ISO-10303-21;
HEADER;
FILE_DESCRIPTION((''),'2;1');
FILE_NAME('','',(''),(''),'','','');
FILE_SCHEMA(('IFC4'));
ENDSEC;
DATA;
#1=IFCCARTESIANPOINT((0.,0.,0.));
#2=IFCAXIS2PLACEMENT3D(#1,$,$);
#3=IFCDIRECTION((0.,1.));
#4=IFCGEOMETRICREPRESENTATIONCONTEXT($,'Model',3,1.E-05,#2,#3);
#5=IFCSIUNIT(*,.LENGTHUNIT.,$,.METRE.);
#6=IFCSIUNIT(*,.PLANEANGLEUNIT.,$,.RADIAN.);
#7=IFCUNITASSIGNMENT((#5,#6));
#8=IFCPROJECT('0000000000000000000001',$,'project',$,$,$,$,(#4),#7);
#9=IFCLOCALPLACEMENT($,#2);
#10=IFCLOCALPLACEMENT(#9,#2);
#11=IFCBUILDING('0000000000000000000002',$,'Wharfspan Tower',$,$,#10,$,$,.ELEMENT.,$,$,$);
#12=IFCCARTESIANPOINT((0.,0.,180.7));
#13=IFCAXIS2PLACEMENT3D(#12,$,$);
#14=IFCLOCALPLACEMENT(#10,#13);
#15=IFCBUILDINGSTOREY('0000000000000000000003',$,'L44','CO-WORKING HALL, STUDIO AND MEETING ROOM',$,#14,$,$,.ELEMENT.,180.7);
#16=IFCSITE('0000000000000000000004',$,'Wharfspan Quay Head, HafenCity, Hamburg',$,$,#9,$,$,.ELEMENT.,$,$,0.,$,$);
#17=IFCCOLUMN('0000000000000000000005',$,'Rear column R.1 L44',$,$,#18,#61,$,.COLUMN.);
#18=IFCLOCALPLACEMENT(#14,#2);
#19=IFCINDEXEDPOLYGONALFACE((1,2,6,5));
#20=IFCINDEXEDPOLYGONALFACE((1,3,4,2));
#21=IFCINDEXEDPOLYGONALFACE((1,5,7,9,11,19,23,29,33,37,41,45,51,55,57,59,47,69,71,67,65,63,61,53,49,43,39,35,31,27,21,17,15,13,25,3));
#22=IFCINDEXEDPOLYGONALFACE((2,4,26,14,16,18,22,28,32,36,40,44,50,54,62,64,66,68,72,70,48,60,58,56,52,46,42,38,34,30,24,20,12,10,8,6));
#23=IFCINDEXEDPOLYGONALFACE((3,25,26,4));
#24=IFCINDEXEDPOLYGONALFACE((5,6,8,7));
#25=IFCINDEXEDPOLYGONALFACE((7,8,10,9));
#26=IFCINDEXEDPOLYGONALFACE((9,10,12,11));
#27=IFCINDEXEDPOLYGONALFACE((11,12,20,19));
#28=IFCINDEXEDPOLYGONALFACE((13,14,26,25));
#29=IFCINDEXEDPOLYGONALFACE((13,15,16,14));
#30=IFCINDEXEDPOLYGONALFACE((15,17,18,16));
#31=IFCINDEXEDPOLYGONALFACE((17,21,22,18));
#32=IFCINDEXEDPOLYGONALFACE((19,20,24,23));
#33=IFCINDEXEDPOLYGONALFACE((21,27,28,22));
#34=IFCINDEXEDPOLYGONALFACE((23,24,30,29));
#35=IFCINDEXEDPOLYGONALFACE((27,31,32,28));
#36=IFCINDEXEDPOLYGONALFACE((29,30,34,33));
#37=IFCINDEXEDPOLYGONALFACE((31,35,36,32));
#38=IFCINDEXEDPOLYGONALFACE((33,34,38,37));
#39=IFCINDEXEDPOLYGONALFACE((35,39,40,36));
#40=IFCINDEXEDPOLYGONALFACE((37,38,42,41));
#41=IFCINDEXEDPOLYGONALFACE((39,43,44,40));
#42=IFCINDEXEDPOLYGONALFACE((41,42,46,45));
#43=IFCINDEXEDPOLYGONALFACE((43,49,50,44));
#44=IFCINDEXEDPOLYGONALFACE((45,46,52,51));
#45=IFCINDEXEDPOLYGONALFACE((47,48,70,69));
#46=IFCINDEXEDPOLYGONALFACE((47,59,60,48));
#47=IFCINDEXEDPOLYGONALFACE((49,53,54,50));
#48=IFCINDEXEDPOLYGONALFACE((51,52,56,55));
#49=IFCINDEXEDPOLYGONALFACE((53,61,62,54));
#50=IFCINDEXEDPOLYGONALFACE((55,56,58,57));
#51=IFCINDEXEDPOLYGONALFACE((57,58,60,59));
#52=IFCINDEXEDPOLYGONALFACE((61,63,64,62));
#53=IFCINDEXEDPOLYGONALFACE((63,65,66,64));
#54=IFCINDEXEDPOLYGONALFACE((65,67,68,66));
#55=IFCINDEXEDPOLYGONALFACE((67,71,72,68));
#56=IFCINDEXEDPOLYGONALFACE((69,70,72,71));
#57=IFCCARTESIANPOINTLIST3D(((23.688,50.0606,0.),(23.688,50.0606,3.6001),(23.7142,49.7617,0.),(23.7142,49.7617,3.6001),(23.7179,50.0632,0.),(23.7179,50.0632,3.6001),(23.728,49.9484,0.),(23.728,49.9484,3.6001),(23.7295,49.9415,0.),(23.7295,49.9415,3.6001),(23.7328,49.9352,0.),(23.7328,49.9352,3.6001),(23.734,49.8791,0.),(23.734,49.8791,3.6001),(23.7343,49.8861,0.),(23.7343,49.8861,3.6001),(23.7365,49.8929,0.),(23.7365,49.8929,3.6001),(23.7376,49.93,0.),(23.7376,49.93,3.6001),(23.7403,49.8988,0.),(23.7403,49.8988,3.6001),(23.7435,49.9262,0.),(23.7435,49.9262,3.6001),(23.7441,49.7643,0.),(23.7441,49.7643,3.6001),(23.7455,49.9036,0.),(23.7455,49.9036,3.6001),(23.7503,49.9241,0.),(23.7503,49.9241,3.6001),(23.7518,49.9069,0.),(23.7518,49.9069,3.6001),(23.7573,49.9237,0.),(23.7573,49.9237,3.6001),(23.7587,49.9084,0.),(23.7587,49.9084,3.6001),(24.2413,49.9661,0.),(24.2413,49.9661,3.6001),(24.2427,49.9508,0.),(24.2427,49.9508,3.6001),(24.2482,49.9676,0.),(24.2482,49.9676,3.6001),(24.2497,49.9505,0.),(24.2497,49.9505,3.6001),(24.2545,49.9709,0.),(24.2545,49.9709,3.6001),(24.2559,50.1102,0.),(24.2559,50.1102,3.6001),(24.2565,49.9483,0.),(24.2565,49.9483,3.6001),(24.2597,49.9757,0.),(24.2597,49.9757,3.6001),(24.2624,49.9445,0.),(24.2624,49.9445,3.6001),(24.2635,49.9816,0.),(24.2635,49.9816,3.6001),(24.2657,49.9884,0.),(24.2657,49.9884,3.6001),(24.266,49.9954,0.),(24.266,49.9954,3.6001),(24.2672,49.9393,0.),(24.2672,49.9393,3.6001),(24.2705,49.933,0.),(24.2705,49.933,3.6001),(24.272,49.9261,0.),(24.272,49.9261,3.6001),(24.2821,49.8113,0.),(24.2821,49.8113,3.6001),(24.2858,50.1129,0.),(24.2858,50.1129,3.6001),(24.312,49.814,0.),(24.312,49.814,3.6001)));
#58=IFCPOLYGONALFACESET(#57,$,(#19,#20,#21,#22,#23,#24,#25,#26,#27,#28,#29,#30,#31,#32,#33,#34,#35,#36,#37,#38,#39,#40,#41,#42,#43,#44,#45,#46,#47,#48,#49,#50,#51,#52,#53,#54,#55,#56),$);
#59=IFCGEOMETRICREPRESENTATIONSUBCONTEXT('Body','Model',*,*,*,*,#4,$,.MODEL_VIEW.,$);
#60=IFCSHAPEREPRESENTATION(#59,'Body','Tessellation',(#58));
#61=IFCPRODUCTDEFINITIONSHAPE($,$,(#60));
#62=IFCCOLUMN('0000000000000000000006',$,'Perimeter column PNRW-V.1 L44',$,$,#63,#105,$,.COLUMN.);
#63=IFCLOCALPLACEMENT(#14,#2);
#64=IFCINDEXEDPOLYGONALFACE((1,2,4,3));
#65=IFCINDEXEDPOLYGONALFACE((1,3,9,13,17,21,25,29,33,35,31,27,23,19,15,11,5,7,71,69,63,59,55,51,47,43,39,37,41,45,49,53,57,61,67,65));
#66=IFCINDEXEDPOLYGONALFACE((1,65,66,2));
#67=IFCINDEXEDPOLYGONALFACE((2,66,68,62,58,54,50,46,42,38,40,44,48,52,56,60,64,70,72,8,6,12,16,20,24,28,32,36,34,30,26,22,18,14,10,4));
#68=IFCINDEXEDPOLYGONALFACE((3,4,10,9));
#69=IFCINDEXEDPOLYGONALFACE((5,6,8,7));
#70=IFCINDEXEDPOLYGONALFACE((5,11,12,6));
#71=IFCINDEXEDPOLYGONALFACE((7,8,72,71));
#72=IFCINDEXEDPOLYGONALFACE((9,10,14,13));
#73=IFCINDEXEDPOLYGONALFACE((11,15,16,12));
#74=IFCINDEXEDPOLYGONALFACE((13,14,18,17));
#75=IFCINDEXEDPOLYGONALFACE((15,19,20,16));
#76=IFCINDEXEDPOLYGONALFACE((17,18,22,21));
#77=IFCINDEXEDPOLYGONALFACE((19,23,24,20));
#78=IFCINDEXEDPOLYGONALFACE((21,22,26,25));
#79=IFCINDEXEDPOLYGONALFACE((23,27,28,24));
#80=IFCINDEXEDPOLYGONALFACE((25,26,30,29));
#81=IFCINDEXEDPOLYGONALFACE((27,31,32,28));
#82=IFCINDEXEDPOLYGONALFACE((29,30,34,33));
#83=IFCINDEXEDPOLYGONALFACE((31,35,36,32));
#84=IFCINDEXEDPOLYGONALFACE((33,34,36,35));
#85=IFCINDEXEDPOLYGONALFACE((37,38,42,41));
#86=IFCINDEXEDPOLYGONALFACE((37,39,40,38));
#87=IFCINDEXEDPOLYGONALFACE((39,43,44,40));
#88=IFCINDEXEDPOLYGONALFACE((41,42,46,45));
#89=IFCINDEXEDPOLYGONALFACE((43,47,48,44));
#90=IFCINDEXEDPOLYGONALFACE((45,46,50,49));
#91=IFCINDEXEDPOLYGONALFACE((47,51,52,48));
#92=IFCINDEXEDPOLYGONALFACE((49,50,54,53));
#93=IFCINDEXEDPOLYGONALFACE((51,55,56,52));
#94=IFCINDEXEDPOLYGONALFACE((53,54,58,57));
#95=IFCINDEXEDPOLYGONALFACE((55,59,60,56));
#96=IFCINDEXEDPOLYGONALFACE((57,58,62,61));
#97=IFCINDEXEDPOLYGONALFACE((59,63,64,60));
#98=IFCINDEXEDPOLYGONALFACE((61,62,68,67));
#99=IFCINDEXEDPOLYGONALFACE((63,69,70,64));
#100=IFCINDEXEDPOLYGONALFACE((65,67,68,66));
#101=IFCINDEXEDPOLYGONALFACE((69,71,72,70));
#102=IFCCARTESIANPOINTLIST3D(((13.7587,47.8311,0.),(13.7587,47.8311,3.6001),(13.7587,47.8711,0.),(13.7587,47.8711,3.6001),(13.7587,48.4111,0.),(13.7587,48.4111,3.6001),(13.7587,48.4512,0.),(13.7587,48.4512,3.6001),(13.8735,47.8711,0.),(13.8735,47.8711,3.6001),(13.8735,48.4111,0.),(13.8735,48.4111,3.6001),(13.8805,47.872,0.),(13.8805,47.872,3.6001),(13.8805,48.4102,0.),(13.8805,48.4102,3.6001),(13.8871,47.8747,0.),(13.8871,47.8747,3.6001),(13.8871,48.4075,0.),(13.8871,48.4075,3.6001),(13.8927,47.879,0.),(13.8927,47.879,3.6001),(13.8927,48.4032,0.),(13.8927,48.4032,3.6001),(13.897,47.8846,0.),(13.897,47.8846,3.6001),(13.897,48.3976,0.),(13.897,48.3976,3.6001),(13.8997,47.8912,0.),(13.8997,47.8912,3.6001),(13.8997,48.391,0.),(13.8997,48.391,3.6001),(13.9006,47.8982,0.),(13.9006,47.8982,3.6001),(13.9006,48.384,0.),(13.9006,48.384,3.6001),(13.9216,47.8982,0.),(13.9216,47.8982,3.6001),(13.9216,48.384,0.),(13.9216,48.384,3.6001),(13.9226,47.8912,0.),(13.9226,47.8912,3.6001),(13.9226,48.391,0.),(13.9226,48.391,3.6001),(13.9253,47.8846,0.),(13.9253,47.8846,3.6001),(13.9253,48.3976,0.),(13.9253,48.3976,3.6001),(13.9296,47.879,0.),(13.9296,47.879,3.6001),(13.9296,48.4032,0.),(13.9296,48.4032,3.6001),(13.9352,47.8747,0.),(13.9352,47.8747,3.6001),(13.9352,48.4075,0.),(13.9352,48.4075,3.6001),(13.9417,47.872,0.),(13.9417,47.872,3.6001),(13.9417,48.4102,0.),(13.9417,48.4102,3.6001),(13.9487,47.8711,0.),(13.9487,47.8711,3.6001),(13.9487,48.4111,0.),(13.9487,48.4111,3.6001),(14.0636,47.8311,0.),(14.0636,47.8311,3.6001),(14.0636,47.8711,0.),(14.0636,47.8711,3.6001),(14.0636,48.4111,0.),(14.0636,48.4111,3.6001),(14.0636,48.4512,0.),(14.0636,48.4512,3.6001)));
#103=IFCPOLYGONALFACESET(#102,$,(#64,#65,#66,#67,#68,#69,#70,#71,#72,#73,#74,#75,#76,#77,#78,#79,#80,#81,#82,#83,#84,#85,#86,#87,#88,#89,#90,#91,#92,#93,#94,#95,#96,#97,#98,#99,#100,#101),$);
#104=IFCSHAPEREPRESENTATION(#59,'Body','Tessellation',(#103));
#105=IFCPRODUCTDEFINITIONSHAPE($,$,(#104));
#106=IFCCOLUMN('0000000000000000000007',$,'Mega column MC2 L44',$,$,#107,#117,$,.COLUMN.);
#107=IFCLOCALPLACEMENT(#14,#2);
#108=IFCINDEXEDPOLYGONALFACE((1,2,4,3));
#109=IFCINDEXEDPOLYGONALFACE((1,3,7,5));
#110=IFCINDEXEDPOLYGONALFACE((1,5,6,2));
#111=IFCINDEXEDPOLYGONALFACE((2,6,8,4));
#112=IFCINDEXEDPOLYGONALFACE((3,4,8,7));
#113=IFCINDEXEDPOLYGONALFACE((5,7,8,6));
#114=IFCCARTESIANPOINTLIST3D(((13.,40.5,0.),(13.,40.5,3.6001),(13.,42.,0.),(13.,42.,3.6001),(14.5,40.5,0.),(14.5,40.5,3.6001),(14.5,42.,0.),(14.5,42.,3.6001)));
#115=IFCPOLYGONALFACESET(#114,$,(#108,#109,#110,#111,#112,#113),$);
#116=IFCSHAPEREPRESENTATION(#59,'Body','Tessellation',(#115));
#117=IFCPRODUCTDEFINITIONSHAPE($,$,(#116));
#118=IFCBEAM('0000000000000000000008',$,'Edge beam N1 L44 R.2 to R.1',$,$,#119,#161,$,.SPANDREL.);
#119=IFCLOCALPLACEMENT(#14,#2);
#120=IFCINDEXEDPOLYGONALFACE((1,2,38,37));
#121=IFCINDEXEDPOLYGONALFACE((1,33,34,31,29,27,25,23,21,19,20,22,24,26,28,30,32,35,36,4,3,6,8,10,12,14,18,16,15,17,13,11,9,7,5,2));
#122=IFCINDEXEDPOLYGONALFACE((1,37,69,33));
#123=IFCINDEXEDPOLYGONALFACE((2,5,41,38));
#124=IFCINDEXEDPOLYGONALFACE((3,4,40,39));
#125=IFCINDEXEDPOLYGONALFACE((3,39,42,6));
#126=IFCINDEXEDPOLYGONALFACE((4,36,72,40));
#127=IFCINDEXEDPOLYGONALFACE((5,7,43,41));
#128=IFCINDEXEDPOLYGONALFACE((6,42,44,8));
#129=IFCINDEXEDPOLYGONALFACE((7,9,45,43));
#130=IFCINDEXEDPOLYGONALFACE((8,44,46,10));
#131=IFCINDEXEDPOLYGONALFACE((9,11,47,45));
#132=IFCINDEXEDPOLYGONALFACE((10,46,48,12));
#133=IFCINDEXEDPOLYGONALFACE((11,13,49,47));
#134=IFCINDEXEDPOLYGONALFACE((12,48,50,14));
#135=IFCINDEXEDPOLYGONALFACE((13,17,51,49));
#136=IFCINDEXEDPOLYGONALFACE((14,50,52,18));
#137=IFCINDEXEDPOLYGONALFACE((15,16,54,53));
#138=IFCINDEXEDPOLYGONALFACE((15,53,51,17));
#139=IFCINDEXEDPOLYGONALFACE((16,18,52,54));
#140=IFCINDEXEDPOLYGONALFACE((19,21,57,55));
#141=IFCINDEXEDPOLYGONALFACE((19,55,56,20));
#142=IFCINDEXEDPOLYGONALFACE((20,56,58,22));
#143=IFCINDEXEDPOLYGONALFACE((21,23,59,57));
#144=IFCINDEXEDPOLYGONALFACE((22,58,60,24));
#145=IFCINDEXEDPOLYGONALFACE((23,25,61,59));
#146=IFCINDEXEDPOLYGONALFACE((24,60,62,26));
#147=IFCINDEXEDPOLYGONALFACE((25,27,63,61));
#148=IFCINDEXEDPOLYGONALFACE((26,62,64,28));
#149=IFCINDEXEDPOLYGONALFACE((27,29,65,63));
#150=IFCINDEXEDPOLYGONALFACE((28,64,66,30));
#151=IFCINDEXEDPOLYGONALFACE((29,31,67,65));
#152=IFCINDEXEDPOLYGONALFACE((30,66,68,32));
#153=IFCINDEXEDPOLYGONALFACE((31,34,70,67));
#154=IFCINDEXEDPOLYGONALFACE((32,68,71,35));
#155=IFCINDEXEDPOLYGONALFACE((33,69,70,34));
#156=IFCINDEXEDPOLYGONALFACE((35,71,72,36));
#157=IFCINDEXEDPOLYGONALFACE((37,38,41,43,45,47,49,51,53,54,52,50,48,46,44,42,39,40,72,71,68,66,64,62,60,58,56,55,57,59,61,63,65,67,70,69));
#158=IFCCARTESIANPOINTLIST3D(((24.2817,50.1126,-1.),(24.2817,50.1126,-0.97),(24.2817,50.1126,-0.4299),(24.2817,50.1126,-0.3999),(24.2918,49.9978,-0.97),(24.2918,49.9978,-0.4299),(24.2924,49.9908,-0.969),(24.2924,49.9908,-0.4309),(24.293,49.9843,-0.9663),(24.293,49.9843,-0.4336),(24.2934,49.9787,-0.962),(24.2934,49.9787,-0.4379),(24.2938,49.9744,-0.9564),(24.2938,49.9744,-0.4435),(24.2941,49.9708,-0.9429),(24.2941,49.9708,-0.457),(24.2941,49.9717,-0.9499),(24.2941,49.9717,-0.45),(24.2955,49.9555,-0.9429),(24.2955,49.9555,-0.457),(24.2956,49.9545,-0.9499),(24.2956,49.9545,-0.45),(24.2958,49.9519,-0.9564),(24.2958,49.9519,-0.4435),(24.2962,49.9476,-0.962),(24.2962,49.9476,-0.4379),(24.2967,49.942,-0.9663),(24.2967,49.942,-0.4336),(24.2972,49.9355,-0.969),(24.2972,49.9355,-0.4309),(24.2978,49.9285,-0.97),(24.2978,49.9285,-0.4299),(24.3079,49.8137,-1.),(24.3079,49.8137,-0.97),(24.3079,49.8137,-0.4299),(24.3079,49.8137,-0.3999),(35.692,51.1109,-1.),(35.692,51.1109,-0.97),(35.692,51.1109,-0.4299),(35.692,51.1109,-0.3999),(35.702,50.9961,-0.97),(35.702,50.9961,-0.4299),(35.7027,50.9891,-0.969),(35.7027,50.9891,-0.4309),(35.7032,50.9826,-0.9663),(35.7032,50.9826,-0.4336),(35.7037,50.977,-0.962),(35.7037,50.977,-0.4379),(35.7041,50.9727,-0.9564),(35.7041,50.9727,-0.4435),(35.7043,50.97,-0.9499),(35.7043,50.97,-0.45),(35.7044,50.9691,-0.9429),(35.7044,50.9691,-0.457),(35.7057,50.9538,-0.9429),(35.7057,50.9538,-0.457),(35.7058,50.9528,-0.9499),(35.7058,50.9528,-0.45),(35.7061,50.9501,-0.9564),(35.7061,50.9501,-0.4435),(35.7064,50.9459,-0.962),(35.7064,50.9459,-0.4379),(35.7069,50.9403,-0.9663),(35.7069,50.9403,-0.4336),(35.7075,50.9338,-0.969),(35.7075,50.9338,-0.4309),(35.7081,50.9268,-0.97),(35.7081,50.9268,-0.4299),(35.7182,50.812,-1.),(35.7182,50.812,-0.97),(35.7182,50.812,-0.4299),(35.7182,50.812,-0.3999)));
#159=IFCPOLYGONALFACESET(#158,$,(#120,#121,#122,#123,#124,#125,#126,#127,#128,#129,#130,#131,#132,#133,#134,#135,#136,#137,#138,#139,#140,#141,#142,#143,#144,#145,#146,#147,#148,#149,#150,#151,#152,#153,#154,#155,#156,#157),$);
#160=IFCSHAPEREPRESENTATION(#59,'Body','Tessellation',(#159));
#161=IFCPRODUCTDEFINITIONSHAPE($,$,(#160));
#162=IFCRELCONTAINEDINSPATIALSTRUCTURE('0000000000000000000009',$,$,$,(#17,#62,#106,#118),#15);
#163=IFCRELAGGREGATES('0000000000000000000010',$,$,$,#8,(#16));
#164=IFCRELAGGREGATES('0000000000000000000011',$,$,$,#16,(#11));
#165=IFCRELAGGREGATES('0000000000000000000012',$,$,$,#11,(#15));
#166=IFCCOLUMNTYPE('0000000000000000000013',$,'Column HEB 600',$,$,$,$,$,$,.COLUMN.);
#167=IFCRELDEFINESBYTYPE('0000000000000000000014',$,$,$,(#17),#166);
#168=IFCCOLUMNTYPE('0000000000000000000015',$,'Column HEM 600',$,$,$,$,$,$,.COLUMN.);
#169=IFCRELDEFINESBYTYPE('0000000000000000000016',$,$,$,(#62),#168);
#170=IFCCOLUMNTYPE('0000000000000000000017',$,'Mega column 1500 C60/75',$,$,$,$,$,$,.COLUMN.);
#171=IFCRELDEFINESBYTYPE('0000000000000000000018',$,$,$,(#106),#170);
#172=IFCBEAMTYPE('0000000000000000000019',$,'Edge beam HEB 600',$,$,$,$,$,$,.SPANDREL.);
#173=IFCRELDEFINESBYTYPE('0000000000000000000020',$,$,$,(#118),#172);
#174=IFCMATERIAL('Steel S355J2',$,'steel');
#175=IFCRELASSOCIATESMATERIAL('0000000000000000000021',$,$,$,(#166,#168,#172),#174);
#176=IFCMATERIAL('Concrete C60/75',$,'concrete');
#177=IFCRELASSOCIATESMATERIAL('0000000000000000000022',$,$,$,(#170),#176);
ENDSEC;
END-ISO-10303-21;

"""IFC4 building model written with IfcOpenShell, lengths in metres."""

from ifc_helpers import new_model, si_unit, direction, frame, origin, origin_2d, place, context, subcontext, project, spatial, rectangle, i_section, extrude, material, material_profile, profile_set, type_object, element, save


model = new_model("IFC4")

# Units and contexts
model_context = context("Model", 3, precision=1e-05, world=origin(), true_north=direction((0.0, 1.0)))
body_context = subcontext(model_context, "Body", "Model", "MODEL_VIEW")
ifc_project = project(units=[si_unit("LENGTHUNIT", "METRE"), si_unit("PLANEANGLEUNIT", "RADIAN")], contexts=[model_context])

# Site, building, storey
site_placement = place(None, origin())
site = spatial("IfcSite", under=ifc_project, at=site_placement, Name="Wharfspan Quay Head, HafenCity, Hamburg", CompositionType="ELEMENT", RefElevation=0.0)
building_placement = place(site_placement, origin())
building = spatial("IfcBuilding", under=site, at=building_placement, Name="Wharfspan Tower", CompositionType="ELEMENT")
storey_placement = place(building_placement, frame((0.0, 0.0, 180.7)))
storey = spatial("IfcBuildingStorey", under=building, at=storey_placement, Name="L44", Description="CO-WORKING HALL, STUDIO AND MEETING ROOM", CompositionType="ELEMENT", Elevation=180.7)

# Columns
ifc_material_1 = material(Name="Steel S355J2", Category="steel")
ifc_material_profile_1 = material_profile(ifc_material_1, i_section(OverallWidth=0.3, OverallDepth=0.6001, WebThickness=0.0154, FlangeThickness=0.03, FilletRadius=0.0271, at=origin_2d()))
ifc_profile_set_1 = profile_set([ifc_material_profile_1], Name="Steel S355J2")
column_type_1 = type_object("IfcColumnType", Name="Column HEB 600", PredefinedType="COLUMN", material=ifc_profile_set_1)
column_1_placement = place(storey_placement, frame((24.0, 49.9373, 0.0), z_axis=(0.0, 0.0, 1.0), x_axis=(-0.087156, 0.996198, 0.0)))
element("IfcColumn", 1, at=column_1_placement, inside=storey, type_object=column_type_1, Name="Rear column R.1 L44", PredefinedType="COLUMN", context=body_context, shape_type="SweptSolid", body=[
    extrude(i_section(OverallWidth=0.3, OverallDepth=0.6001, WebThickness=0.0154, FlangeThickness=0.03, FilletRadius=0.0271, at=origin_2d()), origin(), (0.0, 0.0, 1.0), 3.6001),
])
ifc_material_profile_2 = material_profile(ifc_material_1, i_section(OverallWidth=0.3049, OverallDepth=0.6201, WebThickness=0.021, FlangeThickness=0.04, FilletRadius=0.0271, at=origin_2d()))
ifc_profile_set_2 = profile_set([ifc_material_profile_2], Name="Steel S355J2")
column_type_2 = type_object("IfcColumnType", Name="Column HEM 600", PredefinedType="COLUMN", material=ifc_profile_set_2)
column_2_placement = place(storey_placement, frame((13.9111, 48.1411, 0.0), z_axis=(0.0, 0.0, 1.0), x_axis=(-1.0, 0.0, 0.0)))
element("IfcColumn", 2, at=column_2_placement, inside=storey, type_object=column_type_2, Name="Perimeter column PNRW-V.1 L44", PredefinedType="COLUMN", context=body_context, shape_type="SweptSolid", body=[
    extrude(i_section(OverallWidth=0.3049, OverallDepth=0.6201, WebThickness=0.021, FlangeThickness=0.04, FilletRadius=0.0271, at=origin_2d()), origin(), (0.0, 0.0, 1.0), 3.6001),
])
ifc_material_2 = material(Name="Concrete C60/75", Category="concrete")
ifc_material_profile_3 = material_profile(ifc_material_2, rectangle(XDim=1.5, YDim=1.5, at=origin_2d()))
ifc_profile_set_3 = profile_set([ifc_material_profile_3], Name="Concrete C60/75")
column_type_3 = type_object("IfcColumnType", Name="Mega column 1500 C60/75", PredefinedType="COLUMN", material=ifc_profile_set_3)
column_3_placement = place(storey_placement, frame((13.75, 41.25, 0.0), z_axis=(0.0, 0.0, 1.0), x_axis=(1.0, 0.0, 0.0)))
element("IfcColumn", 3, at=column_3_placement, inside=storey, type_object=column_type_3, Name="Mega column MC2 L44", PredefinedType="COLUMN", context=body_context, shape_type="SweptSolid", body=[
    extrude(rectangle(XDim=1.5, YDim=1.5, at=origin_2d()), origin(), (0.0, 0.0, 1.0), 3.6001),
])

# Beam
ifc_material_profile_4 = material_profile(ifc_material_1, i_section(OverallWidth=0.3, OverallDepth=0.6001, WebThickness=0.0154, FlangeThickness=0.03, FilletRadius=0.0271, at=origin_2d()))
ifc_profile_set_4 = profile_set([ifc_material_profile_4], Name="Steel S355J2")
beam_type = type_object("IfcBeamType", Name="Edge beam HEB 600", PredefinedType="SPANDREL", material=ifc_profile_set_4)
beam_placement = place(storey_placement, frame((35.7051, 50.9614, -0.7), z_axis=(-0.996194, -0.087158, 0.0), x_axis=(0.087158, -0.996194, 0.0)))
element("IfcBeam", 4, at=beam_placement, inside=storey, type_object=beam_type, Name="Edge beam N1 L44 R.2 to R.1", PredefinedType="SPANDREL", context=body_context, shape_type="SweptSolid", body=[
    extrude(i_section(OverallWidth=0.3, OverallDepth=0.6001, WebThickness=0.0154, FlangeThickness=0.03, FilletRadius=0.0271, at=origin_2d()), origin(), (0.0, 0.0, 1.0), 11.4539),
])

save(model, "model.ifc")
